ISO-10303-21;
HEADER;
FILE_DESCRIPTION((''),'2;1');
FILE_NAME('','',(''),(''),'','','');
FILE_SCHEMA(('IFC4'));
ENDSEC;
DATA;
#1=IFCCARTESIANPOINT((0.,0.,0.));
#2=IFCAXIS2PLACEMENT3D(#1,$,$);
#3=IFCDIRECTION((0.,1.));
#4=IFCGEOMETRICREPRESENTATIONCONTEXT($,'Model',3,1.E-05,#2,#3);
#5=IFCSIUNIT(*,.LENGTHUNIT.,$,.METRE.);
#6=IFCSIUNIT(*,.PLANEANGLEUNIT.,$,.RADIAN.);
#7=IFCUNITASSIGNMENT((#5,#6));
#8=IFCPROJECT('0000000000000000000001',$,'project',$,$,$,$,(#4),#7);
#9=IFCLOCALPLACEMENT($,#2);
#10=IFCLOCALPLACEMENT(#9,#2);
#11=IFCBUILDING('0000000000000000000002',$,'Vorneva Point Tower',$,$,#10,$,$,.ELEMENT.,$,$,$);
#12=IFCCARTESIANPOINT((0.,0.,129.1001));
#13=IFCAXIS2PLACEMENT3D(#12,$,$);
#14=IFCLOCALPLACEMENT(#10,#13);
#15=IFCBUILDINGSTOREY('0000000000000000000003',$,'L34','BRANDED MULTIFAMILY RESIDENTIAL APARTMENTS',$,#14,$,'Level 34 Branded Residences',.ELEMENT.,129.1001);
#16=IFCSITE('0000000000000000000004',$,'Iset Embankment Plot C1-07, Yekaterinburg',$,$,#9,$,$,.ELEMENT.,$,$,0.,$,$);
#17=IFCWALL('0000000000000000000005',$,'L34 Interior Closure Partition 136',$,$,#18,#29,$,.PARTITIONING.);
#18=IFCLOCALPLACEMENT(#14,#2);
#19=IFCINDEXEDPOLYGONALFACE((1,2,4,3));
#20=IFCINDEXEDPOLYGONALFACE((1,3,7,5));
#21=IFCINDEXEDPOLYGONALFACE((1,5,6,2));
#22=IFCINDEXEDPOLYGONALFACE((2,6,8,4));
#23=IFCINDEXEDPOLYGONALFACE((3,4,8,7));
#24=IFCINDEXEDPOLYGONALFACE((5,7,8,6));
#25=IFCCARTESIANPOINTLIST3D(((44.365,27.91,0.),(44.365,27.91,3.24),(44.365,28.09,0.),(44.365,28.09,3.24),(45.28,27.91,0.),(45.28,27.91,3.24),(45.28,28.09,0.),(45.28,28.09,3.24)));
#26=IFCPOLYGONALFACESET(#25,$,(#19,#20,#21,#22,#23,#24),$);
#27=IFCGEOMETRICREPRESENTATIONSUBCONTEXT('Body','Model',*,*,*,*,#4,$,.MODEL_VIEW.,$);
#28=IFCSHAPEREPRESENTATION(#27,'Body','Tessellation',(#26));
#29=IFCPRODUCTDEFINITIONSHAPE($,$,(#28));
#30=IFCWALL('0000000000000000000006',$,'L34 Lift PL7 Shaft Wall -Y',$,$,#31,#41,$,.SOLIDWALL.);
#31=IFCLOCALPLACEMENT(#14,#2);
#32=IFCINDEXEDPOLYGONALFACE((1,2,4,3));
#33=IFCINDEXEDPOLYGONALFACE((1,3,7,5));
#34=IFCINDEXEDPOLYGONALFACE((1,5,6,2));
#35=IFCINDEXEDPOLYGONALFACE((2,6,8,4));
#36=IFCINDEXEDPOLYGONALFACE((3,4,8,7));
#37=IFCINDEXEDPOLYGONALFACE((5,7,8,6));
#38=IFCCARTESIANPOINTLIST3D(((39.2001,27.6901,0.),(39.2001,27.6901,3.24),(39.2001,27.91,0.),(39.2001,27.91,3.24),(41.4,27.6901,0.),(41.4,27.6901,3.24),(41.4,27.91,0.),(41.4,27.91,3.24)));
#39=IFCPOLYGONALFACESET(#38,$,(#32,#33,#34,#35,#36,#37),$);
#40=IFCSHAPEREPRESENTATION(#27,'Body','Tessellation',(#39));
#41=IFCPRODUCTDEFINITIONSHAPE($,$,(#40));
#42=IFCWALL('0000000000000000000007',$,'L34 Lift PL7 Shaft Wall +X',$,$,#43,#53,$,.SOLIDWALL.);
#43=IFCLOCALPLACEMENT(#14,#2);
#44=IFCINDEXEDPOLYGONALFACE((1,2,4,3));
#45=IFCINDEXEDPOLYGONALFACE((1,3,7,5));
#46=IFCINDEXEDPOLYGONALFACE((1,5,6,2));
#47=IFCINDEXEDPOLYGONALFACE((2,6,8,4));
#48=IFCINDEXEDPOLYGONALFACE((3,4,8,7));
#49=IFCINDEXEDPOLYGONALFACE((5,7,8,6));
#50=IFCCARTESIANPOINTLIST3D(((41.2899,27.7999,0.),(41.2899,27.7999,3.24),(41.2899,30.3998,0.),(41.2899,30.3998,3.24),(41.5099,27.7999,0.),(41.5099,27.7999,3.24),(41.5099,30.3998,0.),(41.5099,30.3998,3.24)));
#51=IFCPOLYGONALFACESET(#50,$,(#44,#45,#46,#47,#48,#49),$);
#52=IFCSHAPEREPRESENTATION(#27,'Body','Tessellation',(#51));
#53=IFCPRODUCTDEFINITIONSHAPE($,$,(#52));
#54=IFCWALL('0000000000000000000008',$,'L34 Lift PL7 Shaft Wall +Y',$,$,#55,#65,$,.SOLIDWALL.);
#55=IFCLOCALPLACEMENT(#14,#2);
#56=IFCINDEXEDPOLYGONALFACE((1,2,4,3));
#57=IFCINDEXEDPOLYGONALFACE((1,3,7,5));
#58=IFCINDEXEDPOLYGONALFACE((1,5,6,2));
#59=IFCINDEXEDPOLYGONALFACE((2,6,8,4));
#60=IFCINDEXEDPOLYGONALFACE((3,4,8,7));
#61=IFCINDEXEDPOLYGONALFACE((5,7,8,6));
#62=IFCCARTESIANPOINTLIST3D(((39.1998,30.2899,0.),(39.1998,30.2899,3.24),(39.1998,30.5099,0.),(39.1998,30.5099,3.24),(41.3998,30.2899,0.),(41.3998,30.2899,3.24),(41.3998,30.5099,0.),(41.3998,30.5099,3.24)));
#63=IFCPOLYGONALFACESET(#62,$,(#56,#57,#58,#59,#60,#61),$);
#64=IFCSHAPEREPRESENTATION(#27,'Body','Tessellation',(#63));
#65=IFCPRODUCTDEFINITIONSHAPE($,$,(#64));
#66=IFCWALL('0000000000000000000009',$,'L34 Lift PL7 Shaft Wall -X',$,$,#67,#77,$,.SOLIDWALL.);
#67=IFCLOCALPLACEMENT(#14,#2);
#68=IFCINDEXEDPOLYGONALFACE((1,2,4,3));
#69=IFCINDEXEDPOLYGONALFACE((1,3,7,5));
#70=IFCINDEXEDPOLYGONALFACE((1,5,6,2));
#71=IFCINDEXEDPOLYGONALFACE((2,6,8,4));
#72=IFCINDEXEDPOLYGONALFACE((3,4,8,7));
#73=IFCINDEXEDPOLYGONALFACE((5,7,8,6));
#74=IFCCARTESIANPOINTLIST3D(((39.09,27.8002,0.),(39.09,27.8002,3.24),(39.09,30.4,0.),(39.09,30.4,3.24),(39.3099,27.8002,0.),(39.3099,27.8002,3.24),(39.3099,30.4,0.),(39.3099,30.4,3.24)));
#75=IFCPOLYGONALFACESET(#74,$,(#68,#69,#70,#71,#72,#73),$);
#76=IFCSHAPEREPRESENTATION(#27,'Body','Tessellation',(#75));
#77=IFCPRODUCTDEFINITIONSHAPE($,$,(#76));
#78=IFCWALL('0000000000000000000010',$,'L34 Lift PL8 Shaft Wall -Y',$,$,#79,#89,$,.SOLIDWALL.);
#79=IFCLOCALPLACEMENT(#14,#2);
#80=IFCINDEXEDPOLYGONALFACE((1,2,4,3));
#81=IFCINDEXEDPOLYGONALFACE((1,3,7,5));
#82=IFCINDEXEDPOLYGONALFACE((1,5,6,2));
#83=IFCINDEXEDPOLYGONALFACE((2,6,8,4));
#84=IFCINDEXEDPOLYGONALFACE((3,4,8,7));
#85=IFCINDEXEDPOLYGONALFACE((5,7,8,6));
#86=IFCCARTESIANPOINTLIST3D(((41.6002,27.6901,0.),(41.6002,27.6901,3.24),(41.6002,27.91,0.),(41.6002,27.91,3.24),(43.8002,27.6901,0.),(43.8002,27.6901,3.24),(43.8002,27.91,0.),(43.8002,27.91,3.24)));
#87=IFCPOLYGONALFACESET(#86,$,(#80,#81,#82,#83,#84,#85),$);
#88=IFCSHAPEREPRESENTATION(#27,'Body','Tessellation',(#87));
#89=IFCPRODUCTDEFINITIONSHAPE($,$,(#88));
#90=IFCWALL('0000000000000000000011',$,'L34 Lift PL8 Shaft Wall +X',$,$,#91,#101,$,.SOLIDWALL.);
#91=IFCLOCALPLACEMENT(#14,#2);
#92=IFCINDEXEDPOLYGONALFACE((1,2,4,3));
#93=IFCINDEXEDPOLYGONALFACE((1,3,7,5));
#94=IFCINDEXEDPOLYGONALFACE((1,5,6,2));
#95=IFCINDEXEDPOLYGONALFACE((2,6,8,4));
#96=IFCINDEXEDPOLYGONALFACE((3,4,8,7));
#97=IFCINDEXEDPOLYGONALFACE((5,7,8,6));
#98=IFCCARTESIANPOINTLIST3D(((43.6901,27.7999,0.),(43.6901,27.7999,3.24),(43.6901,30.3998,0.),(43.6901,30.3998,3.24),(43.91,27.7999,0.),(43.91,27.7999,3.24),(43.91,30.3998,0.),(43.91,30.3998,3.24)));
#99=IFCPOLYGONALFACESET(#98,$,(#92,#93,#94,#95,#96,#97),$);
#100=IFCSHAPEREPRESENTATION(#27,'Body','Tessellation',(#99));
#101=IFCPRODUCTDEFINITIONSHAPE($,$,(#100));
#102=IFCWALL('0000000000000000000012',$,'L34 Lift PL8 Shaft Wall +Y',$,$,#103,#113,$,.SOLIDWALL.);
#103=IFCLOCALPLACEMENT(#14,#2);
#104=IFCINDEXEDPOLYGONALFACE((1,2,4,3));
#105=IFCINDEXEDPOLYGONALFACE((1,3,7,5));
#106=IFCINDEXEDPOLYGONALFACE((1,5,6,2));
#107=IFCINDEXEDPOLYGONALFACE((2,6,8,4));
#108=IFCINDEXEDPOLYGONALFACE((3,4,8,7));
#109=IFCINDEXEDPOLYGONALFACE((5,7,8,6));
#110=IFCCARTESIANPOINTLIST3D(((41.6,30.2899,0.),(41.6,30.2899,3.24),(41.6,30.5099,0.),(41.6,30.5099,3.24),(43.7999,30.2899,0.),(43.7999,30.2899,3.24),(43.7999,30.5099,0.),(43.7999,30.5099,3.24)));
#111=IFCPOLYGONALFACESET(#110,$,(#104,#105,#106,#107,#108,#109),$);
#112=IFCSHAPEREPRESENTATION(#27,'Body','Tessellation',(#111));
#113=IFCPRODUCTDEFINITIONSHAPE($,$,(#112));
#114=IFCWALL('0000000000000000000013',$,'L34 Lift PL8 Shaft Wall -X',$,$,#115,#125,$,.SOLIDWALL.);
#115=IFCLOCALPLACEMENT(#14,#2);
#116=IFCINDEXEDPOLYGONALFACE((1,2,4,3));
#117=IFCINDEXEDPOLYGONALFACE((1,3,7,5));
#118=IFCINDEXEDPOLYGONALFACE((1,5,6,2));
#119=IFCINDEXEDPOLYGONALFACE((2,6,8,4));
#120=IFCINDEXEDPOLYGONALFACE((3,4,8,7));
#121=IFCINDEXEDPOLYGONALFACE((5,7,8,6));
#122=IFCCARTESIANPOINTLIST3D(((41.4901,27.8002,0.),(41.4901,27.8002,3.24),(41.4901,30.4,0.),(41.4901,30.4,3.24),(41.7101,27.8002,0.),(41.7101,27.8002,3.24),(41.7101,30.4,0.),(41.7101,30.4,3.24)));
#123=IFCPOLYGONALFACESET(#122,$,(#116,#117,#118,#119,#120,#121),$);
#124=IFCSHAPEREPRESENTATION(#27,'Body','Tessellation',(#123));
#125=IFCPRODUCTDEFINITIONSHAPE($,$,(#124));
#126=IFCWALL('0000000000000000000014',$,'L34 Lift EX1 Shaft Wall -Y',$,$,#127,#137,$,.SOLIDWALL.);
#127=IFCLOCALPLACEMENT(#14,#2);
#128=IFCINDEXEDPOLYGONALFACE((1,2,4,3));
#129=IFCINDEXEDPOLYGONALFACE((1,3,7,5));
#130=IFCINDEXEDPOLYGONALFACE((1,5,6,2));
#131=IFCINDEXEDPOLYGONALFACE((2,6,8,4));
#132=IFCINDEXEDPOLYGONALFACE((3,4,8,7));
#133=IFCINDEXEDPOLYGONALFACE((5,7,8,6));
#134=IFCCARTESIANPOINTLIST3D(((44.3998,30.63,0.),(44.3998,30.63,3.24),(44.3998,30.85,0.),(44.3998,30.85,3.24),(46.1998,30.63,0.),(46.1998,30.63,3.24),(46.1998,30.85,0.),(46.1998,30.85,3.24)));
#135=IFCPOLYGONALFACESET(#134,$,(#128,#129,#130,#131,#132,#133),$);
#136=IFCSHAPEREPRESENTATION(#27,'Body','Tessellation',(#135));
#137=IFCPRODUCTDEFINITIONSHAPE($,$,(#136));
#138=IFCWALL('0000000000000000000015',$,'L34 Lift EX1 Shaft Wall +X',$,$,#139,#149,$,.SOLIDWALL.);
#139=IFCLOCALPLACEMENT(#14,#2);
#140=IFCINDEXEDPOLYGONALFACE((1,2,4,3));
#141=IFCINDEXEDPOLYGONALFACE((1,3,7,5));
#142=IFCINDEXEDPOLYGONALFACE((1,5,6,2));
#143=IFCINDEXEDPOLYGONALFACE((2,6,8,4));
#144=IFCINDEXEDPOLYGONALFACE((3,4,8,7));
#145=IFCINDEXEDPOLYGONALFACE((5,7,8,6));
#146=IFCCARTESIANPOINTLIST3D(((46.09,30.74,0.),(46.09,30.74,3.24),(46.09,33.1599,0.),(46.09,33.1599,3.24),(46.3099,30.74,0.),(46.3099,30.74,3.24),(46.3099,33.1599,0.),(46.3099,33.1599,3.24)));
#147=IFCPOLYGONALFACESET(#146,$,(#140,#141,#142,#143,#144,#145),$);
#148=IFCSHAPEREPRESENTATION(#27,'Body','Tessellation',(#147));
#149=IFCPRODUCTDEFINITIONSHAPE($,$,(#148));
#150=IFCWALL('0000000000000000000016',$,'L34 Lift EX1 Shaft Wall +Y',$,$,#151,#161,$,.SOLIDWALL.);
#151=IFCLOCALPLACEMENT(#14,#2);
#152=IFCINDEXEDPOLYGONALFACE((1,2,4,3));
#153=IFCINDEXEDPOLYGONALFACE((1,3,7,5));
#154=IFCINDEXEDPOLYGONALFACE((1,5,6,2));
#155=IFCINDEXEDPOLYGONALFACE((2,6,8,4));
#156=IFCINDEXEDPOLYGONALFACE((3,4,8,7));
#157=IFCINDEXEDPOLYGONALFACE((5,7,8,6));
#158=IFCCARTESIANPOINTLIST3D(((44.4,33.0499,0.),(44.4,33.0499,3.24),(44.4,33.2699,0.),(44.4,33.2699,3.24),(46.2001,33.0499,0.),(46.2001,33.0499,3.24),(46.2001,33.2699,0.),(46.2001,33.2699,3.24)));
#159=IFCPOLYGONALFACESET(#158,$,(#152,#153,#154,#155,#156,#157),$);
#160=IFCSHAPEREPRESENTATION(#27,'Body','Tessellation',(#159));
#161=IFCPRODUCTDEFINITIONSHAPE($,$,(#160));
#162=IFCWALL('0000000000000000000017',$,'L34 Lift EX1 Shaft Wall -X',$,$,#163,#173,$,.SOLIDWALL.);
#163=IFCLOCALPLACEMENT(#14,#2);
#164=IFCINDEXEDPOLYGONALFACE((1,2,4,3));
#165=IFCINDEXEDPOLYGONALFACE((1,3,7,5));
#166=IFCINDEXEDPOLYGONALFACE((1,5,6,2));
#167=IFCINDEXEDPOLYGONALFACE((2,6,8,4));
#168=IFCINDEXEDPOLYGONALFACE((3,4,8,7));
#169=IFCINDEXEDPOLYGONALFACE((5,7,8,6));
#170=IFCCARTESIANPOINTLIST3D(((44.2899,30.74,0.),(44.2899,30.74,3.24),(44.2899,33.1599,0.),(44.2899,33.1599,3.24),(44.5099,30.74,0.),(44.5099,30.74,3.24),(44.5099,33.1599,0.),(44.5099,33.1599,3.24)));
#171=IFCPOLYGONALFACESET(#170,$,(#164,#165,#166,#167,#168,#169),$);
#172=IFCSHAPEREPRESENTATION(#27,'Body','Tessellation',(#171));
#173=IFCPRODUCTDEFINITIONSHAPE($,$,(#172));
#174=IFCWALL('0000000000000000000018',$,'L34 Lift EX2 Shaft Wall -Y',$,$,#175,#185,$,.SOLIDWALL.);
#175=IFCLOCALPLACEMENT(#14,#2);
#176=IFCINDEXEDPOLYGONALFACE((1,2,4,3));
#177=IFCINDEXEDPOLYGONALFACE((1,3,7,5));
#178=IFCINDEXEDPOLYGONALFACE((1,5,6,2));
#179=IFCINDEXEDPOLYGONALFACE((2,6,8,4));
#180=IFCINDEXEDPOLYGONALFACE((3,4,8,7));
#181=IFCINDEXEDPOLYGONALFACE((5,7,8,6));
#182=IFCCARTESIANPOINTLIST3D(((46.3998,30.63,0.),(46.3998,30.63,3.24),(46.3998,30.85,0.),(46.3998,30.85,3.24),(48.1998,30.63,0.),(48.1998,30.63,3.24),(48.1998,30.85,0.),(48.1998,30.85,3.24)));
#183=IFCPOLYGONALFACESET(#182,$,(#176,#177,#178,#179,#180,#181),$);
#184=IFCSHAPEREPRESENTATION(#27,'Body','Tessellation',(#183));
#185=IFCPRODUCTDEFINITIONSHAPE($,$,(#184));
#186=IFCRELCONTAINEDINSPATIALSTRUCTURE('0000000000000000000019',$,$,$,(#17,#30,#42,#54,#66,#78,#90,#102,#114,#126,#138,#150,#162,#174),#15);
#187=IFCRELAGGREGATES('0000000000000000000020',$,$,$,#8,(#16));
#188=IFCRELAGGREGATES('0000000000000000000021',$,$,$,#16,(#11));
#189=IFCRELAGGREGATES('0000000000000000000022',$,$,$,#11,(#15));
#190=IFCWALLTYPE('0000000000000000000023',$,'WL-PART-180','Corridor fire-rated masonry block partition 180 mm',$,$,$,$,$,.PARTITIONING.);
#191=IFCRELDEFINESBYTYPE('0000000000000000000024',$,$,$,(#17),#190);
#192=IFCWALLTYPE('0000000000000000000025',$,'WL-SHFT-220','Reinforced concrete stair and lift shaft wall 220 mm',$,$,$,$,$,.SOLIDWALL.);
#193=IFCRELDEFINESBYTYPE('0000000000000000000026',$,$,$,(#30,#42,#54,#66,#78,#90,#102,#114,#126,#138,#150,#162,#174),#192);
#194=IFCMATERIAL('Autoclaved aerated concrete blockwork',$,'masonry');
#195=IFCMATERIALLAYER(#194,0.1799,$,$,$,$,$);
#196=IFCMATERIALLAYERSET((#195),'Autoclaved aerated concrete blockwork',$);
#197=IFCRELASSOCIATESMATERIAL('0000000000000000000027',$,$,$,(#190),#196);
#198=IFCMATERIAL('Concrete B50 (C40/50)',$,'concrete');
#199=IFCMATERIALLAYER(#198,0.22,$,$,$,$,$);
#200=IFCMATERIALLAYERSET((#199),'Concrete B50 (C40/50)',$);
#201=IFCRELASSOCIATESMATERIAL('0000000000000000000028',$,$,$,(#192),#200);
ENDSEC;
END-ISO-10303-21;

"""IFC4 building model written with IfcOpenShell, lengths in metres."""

from ifc_helpers import new_model, si_unit, direction, frame, frame_2d, origin, place, context, subcontext, project, spatial, rectangle, extrude, material, layer, layer_set, type_object, element, save


model = new_model("IFC4")

# Units and contexts
model_context = context("Model", 3, precision=1e-05, world=origin(), true_north=direction((0.0, 1.0)))
body_context = subcontext(model_context, "Body", "Model", "MODEL_VIEW")
ifc_project = project(units=[si_unit("LENGTHUNIT", "METRE"), si_unit("PLANEANGLEUNIT", "RADIAN")], contexts=[model_context])

# Site, building, storey
site_placement = place(None, origin())
site = spatial("IfcSite", under=ifc_project, at=site_placement, Name="Iset Embankment Plot C1-07, Yekaterinburg", CompositionType="ELEMENT", RefElevation=0.0)
building_placement = place(site_placement, origin())
building = spatial("IfcBuilding", under=site, at=building_placement, Name="Vorneva Point Tower", CompositionType="ELEMENT")
storey_placement = place(building_placement, frame((0.0, 0.0, 129.1001)))
storey = spatial("IfcBuildingStorey", under=building, at=storey_placement, Name="L34", Description="BRANDED MULTIFAMILY RESIDENTIAL APARTMENTS", LongName="Level 34 Branded Residences", CompositionType="ELEMENT", Elevation=129.1001)

# Shared definitions
ifc_material_1 = material(Name="Autoclaved aerated concrete blockwork", Category="masonry")
ifc_layer_1 = layer(ifc_material_1, 0.1799)
ifc_layer_set_1 = layer_set([ifc_layer_1], Name="Autoclaved aerated concrete blockwork")
wall_type_1 = type_object("IfcWallType", Name="WL-PART-180", Description="Corridor fire-rated masonry block partition 180 mm", PredefinedType="PARTITIONING", material=ifc_layer_set_1)

# Walls
wall_1_placement = place(storey_placement, frame((45.28, 28.0, 0.0), z_axis=(0.0, 0.0, 1.0), x_axis=(-1.0, 0.0, 0.0)))
element("IfcWall", 1, at=wall_1_placement, inside=storey, type_object=wall_type_1, Name="L34 Interior Closure Partition 136", PredefinedType="PARTITIONING", context=body_context, shape_type="SweptSolid", body=[
    extrude(rectangle(XDim=0.915, YDim=0.1799, at=frame_2d((0.4575, 0.0))), origin(), (0.0, 0.0, 1.0), 3.24),
])
ifc_material_2 = material(Name="Concrete B50 (C40/50)", Category="concrete")
ifc_layer_2 = layer(ifc_material_2, 0.22)
ifc_layer_set_2 = layer_set([ifc_layer_2], Name="Concrete B50 (C40/50)")
wall_type_2 = type_object("IfcWallType", Name="WL-SHFT-220", Description="Reinforced concrete stair and lift shaft wall 220 mm", PredefinedType="SOLIDWALL", material=ifc_layer_set_2)
wall_2_placement = place(storey_placement, frame((39.2, 27.8, 0.0), z_axis=(0.0, 0.0, 1.0), x_axis=(1.0, 0.0, 0.0)))
element("IfcWall", 2, at=wall_2_placement, inside=storey, type_object=wall_type_2, Name="L34 Lift PL7 Shaft Wall -Y", PredefinedType="SOLIDWALL", context=body_context, shape_type="SweptSolid", body=[
    extrude(rectangle(XDim=2.2, YDim=0.22, at=frame_2d((1.1001, 0.0))), origin(), (0.0, 0.0, 1.0), 3.24),
])
wall_3_placement = place(storey_placement, frame((41.3999, 27.8, 0.0), z_axis=(0.0, 0.0, 1.0), x_axis=(0.0, 1.0, 0.0)))
element("IfcWall", 3, at=wall_3_placement, inside=storey, type_object=wall_type_2, Name="L34 Lift PL7 Shaft Wall +X", PredefinedType="SOLIDWALL", context=body_context, shape_type="SweptSolid", body=[
    extrude(rectangle(XDim=2.5999, YDim=0.22, at=frame_2d((1.2998, 0.0))), origin(), (0.0, 0.0, 1.0), 3.24),
])
wall_4_placement = place(storey_placement, frame((41.3999, 30.3999, 0.0), z_axis=(0.0, 0.0, 1.0), x_axis=(-1.0, 0.0, 0.0)))
element("IfcWall", 4, at=wall_4_placement, inside=storey, type_object=wall_type_2, Name="L34 Lift PL7 Shaft Wall +Y", PredefinedType="SOLIDWALL", context=body_context, shape_type="SweptSolid", body=[
    extrude(rectangle(XDim=2.2, YDim=0.22, at=frame_2d((1.1001, 0.0))), origin(), (0.0, 0.0, 1.0), 3.24),
])
wall_5_placement = place(storey_placement, frame((39.2, 30.3999, 0.0), z_axis=(0.0, 0.0, 1.0), x_axis=(0.0, -1.0, 0.0)))
element("IfcWall", 5, at=wall_5_placement, inside=storey, type_object=wall_type_2, Name="L34 Lift PL7 Shaft Wall -X", PredefinedType="SOLIDWALL", context=body_context, shape_type="SweptSolid", body=[
    extrude(rectangle(XDim=2.5999, YDim=0.22, at=frame_2d((1.2998, 0.0))), origin(), (0.0, 0.0, 1.0), 3.24),
])
wall_6_placement = place(storey_placement, frame((41.6001, 27.8, 0.0), z_axis=(0.0, 0.0, 1.0), x_axis=(1.0, 0.0, 0.0)))
element("IfcWall", 6, at=wall_6_placement, inside=storey, type_object=wall_type_2, Name="L34 Lift PL8 Shaft Wall -Y", PredefinedType="SOLIDWALL", context=body_context, shape_type="SweptSolid", body=[
    extrude(rectangle(XDim=2.2, YDim=0.22, at=frame_2d((1.1001, 0.0))), origin(), (0.0, 0.0, 1.0), 3.24),
])
wall_7_placement = place(storey_placement, frame((43.8, 27.8, 0.0), z_axis=(0.0, 0.0, 1.0), x_axis=(0.0, 1.0, 0.0)))
element("IfcWall", 7, at=wall_7_placement, inside=storey, type_object=wall_type_2, Name="L34 Lift PL8 Shaft Wall +X", PredefinedType="SOLIDWALL", context=body_context, shape_type="SweptSolid", body=[
    extrude(rectangle(XDim=2.5999, YDim=0.22, at=frame_2d((1.2998, 0.0))), origin(), (0.0, 0.0, 1.0), 3.24),
])
wall_8_placement = place(storey_placement, frame((43.8, 30.3999, 0.0), z_axis=(0.0, 0.0, 1.0), x_axis=(-1.0, 0.0, 0.0)))
element("IfcWall", 8, at=wall_8_placement, inside=storey, type_object=wall_type_2, Name="L34 Lift PL8 Shaft Wall +Y", PredefinedType="SOLIDWALL", context=body_context, shape_type="SweptSolid", body=[
    extrude(rectangle(XDim=2.2, YDim=0.22, at=frame_2d((1.1001, 0.0))), origin(), (0.0, 0.0, 1.0), 3.24),
])
wall_9_placement = place(storey_placement, frame((41.6001, 30.3999, 0.0), z_axis=(0.0, 0.0, 1.0), x_axis=(0.0, -1.0, 0.0)))
element("IfcWall", 9, at=wall_9_placement, inside=storey, type_object=wall_type_2, Name="L34 Lift PL8 Shaft Wall -X", PredefinedType="SOLIDWALL", context=body_context, shape_type="SweptSolid", body=[
    extrude(rectangle(XDim=2.5999, YDim=0.22, at=frame_2d((1.2998, 0.0))), origin(), (0.0, 0.0, 1.0), 3.24),
])
wall_10_placement = place(storey_placement, frame((44.3999, 30.74, 0.0), z_axis=(0.0, 0.0, 1.0), x_axis=(1.0, 0.0, 0.0)))
element("IfcWall", 10, at=wall_10_placement, inside=storey, type_object=wall_type_2, Name="L34 Lift EX1 Shaft Wall -Y", PredefinedType="SOLIDWALL", context=body_context, shape_type="SweptSolid", body=[
    extrude(rectangle(XDim=1.8, YDim=0.22, at=frame_2d((0.8999, 0.0))), origin(), (0.0, 0.0, 1.0), 3.24),
])
wall_11_placement = place(storey_placement, frame((46.2, 30.74, 0.0), z_axis=(0.0, 0.0, 1.0), x_axis=(0.0, 1.0, 0.0)))
element("IfcWall", 11, at=wall_11_placement, inside=storey, type_object=wall_type_2, Name="L34 Lift EX1 Shaft Wall +X", PredefinedType="SOLIDWALL", context=body_context, shape_type="SweptSolid", body=[
    extrude(rectangle(XDim=2.4199, YDim=0.22, at=frame_2d((1.21, 0.0))), origin(), (0.0, 0.0, 1.0), 3.24),
])
wall_12_placement = place(storey_placement, frame((46.2, 33.1599, 0.0), z_axis=(0.0, 0.0, 1.0), x_axis=(-1.0, 0.0, 0.0)))
element("IfcWall", 12, at=wall_12_placement, inside=storey, type_object=wall_type_2, Name="L34 Lift EX1 Shaft Wall +Y", PredefinedType="SOLIDWALL", context=body_context, shape_type="SweptSolid", body=[
    extrude(rectangle(XDim=1.8, YDim=0.22, at=frame_2d((0.8999, 0.0))), origin(), (0.0, 0.0, 1.0), 3.24),
])
wall_13_placement = place(storey_placement, frame((44.3999, 33.1599, 0.0), z_axis=(0.0, 0.0, 1.0), x_axis=(0.0, -1.0, 0.0)))
element("IfcWall", 13, at=wall_13_placement, inside=storey, type_object=wall_type_2, Name="L34 Lift EX1 Shaft Wall -X", PredefinedType="SOLIDWALL", context=body_context, shape_type="SweptSolid", body=[
    extrude(rectangle(XDim=2.4199, YDim=0.22, at=frame_2d((1.21, 0.0))), origin(), (0.0, 0.0, 1.0), 3.24),
])
wall_14_placement = place(storey_placement, frame((46.3999, 30.74, 0.0), z_axis=(0.0, 0.0, 1.0), x_axis=(1.0, 0.0, 0.0)))
element("IfcWall", 14, at=wall_14_placement, inside=storey, type_object=wall_type_2, Name="L34 Lift EX2 Shaft Wall -Y", PredefinedType="SOLIDWALL", context=body_context, shape_type="SweptSolid", body=[
    extrude(rectangle(XDim=1.8, YDim=0.22, at=frame_2d((0.8999, 0.0))), origin(), (0.0, 0.0, 1.0), 3.24),
])

save(model, "model.ifc")
